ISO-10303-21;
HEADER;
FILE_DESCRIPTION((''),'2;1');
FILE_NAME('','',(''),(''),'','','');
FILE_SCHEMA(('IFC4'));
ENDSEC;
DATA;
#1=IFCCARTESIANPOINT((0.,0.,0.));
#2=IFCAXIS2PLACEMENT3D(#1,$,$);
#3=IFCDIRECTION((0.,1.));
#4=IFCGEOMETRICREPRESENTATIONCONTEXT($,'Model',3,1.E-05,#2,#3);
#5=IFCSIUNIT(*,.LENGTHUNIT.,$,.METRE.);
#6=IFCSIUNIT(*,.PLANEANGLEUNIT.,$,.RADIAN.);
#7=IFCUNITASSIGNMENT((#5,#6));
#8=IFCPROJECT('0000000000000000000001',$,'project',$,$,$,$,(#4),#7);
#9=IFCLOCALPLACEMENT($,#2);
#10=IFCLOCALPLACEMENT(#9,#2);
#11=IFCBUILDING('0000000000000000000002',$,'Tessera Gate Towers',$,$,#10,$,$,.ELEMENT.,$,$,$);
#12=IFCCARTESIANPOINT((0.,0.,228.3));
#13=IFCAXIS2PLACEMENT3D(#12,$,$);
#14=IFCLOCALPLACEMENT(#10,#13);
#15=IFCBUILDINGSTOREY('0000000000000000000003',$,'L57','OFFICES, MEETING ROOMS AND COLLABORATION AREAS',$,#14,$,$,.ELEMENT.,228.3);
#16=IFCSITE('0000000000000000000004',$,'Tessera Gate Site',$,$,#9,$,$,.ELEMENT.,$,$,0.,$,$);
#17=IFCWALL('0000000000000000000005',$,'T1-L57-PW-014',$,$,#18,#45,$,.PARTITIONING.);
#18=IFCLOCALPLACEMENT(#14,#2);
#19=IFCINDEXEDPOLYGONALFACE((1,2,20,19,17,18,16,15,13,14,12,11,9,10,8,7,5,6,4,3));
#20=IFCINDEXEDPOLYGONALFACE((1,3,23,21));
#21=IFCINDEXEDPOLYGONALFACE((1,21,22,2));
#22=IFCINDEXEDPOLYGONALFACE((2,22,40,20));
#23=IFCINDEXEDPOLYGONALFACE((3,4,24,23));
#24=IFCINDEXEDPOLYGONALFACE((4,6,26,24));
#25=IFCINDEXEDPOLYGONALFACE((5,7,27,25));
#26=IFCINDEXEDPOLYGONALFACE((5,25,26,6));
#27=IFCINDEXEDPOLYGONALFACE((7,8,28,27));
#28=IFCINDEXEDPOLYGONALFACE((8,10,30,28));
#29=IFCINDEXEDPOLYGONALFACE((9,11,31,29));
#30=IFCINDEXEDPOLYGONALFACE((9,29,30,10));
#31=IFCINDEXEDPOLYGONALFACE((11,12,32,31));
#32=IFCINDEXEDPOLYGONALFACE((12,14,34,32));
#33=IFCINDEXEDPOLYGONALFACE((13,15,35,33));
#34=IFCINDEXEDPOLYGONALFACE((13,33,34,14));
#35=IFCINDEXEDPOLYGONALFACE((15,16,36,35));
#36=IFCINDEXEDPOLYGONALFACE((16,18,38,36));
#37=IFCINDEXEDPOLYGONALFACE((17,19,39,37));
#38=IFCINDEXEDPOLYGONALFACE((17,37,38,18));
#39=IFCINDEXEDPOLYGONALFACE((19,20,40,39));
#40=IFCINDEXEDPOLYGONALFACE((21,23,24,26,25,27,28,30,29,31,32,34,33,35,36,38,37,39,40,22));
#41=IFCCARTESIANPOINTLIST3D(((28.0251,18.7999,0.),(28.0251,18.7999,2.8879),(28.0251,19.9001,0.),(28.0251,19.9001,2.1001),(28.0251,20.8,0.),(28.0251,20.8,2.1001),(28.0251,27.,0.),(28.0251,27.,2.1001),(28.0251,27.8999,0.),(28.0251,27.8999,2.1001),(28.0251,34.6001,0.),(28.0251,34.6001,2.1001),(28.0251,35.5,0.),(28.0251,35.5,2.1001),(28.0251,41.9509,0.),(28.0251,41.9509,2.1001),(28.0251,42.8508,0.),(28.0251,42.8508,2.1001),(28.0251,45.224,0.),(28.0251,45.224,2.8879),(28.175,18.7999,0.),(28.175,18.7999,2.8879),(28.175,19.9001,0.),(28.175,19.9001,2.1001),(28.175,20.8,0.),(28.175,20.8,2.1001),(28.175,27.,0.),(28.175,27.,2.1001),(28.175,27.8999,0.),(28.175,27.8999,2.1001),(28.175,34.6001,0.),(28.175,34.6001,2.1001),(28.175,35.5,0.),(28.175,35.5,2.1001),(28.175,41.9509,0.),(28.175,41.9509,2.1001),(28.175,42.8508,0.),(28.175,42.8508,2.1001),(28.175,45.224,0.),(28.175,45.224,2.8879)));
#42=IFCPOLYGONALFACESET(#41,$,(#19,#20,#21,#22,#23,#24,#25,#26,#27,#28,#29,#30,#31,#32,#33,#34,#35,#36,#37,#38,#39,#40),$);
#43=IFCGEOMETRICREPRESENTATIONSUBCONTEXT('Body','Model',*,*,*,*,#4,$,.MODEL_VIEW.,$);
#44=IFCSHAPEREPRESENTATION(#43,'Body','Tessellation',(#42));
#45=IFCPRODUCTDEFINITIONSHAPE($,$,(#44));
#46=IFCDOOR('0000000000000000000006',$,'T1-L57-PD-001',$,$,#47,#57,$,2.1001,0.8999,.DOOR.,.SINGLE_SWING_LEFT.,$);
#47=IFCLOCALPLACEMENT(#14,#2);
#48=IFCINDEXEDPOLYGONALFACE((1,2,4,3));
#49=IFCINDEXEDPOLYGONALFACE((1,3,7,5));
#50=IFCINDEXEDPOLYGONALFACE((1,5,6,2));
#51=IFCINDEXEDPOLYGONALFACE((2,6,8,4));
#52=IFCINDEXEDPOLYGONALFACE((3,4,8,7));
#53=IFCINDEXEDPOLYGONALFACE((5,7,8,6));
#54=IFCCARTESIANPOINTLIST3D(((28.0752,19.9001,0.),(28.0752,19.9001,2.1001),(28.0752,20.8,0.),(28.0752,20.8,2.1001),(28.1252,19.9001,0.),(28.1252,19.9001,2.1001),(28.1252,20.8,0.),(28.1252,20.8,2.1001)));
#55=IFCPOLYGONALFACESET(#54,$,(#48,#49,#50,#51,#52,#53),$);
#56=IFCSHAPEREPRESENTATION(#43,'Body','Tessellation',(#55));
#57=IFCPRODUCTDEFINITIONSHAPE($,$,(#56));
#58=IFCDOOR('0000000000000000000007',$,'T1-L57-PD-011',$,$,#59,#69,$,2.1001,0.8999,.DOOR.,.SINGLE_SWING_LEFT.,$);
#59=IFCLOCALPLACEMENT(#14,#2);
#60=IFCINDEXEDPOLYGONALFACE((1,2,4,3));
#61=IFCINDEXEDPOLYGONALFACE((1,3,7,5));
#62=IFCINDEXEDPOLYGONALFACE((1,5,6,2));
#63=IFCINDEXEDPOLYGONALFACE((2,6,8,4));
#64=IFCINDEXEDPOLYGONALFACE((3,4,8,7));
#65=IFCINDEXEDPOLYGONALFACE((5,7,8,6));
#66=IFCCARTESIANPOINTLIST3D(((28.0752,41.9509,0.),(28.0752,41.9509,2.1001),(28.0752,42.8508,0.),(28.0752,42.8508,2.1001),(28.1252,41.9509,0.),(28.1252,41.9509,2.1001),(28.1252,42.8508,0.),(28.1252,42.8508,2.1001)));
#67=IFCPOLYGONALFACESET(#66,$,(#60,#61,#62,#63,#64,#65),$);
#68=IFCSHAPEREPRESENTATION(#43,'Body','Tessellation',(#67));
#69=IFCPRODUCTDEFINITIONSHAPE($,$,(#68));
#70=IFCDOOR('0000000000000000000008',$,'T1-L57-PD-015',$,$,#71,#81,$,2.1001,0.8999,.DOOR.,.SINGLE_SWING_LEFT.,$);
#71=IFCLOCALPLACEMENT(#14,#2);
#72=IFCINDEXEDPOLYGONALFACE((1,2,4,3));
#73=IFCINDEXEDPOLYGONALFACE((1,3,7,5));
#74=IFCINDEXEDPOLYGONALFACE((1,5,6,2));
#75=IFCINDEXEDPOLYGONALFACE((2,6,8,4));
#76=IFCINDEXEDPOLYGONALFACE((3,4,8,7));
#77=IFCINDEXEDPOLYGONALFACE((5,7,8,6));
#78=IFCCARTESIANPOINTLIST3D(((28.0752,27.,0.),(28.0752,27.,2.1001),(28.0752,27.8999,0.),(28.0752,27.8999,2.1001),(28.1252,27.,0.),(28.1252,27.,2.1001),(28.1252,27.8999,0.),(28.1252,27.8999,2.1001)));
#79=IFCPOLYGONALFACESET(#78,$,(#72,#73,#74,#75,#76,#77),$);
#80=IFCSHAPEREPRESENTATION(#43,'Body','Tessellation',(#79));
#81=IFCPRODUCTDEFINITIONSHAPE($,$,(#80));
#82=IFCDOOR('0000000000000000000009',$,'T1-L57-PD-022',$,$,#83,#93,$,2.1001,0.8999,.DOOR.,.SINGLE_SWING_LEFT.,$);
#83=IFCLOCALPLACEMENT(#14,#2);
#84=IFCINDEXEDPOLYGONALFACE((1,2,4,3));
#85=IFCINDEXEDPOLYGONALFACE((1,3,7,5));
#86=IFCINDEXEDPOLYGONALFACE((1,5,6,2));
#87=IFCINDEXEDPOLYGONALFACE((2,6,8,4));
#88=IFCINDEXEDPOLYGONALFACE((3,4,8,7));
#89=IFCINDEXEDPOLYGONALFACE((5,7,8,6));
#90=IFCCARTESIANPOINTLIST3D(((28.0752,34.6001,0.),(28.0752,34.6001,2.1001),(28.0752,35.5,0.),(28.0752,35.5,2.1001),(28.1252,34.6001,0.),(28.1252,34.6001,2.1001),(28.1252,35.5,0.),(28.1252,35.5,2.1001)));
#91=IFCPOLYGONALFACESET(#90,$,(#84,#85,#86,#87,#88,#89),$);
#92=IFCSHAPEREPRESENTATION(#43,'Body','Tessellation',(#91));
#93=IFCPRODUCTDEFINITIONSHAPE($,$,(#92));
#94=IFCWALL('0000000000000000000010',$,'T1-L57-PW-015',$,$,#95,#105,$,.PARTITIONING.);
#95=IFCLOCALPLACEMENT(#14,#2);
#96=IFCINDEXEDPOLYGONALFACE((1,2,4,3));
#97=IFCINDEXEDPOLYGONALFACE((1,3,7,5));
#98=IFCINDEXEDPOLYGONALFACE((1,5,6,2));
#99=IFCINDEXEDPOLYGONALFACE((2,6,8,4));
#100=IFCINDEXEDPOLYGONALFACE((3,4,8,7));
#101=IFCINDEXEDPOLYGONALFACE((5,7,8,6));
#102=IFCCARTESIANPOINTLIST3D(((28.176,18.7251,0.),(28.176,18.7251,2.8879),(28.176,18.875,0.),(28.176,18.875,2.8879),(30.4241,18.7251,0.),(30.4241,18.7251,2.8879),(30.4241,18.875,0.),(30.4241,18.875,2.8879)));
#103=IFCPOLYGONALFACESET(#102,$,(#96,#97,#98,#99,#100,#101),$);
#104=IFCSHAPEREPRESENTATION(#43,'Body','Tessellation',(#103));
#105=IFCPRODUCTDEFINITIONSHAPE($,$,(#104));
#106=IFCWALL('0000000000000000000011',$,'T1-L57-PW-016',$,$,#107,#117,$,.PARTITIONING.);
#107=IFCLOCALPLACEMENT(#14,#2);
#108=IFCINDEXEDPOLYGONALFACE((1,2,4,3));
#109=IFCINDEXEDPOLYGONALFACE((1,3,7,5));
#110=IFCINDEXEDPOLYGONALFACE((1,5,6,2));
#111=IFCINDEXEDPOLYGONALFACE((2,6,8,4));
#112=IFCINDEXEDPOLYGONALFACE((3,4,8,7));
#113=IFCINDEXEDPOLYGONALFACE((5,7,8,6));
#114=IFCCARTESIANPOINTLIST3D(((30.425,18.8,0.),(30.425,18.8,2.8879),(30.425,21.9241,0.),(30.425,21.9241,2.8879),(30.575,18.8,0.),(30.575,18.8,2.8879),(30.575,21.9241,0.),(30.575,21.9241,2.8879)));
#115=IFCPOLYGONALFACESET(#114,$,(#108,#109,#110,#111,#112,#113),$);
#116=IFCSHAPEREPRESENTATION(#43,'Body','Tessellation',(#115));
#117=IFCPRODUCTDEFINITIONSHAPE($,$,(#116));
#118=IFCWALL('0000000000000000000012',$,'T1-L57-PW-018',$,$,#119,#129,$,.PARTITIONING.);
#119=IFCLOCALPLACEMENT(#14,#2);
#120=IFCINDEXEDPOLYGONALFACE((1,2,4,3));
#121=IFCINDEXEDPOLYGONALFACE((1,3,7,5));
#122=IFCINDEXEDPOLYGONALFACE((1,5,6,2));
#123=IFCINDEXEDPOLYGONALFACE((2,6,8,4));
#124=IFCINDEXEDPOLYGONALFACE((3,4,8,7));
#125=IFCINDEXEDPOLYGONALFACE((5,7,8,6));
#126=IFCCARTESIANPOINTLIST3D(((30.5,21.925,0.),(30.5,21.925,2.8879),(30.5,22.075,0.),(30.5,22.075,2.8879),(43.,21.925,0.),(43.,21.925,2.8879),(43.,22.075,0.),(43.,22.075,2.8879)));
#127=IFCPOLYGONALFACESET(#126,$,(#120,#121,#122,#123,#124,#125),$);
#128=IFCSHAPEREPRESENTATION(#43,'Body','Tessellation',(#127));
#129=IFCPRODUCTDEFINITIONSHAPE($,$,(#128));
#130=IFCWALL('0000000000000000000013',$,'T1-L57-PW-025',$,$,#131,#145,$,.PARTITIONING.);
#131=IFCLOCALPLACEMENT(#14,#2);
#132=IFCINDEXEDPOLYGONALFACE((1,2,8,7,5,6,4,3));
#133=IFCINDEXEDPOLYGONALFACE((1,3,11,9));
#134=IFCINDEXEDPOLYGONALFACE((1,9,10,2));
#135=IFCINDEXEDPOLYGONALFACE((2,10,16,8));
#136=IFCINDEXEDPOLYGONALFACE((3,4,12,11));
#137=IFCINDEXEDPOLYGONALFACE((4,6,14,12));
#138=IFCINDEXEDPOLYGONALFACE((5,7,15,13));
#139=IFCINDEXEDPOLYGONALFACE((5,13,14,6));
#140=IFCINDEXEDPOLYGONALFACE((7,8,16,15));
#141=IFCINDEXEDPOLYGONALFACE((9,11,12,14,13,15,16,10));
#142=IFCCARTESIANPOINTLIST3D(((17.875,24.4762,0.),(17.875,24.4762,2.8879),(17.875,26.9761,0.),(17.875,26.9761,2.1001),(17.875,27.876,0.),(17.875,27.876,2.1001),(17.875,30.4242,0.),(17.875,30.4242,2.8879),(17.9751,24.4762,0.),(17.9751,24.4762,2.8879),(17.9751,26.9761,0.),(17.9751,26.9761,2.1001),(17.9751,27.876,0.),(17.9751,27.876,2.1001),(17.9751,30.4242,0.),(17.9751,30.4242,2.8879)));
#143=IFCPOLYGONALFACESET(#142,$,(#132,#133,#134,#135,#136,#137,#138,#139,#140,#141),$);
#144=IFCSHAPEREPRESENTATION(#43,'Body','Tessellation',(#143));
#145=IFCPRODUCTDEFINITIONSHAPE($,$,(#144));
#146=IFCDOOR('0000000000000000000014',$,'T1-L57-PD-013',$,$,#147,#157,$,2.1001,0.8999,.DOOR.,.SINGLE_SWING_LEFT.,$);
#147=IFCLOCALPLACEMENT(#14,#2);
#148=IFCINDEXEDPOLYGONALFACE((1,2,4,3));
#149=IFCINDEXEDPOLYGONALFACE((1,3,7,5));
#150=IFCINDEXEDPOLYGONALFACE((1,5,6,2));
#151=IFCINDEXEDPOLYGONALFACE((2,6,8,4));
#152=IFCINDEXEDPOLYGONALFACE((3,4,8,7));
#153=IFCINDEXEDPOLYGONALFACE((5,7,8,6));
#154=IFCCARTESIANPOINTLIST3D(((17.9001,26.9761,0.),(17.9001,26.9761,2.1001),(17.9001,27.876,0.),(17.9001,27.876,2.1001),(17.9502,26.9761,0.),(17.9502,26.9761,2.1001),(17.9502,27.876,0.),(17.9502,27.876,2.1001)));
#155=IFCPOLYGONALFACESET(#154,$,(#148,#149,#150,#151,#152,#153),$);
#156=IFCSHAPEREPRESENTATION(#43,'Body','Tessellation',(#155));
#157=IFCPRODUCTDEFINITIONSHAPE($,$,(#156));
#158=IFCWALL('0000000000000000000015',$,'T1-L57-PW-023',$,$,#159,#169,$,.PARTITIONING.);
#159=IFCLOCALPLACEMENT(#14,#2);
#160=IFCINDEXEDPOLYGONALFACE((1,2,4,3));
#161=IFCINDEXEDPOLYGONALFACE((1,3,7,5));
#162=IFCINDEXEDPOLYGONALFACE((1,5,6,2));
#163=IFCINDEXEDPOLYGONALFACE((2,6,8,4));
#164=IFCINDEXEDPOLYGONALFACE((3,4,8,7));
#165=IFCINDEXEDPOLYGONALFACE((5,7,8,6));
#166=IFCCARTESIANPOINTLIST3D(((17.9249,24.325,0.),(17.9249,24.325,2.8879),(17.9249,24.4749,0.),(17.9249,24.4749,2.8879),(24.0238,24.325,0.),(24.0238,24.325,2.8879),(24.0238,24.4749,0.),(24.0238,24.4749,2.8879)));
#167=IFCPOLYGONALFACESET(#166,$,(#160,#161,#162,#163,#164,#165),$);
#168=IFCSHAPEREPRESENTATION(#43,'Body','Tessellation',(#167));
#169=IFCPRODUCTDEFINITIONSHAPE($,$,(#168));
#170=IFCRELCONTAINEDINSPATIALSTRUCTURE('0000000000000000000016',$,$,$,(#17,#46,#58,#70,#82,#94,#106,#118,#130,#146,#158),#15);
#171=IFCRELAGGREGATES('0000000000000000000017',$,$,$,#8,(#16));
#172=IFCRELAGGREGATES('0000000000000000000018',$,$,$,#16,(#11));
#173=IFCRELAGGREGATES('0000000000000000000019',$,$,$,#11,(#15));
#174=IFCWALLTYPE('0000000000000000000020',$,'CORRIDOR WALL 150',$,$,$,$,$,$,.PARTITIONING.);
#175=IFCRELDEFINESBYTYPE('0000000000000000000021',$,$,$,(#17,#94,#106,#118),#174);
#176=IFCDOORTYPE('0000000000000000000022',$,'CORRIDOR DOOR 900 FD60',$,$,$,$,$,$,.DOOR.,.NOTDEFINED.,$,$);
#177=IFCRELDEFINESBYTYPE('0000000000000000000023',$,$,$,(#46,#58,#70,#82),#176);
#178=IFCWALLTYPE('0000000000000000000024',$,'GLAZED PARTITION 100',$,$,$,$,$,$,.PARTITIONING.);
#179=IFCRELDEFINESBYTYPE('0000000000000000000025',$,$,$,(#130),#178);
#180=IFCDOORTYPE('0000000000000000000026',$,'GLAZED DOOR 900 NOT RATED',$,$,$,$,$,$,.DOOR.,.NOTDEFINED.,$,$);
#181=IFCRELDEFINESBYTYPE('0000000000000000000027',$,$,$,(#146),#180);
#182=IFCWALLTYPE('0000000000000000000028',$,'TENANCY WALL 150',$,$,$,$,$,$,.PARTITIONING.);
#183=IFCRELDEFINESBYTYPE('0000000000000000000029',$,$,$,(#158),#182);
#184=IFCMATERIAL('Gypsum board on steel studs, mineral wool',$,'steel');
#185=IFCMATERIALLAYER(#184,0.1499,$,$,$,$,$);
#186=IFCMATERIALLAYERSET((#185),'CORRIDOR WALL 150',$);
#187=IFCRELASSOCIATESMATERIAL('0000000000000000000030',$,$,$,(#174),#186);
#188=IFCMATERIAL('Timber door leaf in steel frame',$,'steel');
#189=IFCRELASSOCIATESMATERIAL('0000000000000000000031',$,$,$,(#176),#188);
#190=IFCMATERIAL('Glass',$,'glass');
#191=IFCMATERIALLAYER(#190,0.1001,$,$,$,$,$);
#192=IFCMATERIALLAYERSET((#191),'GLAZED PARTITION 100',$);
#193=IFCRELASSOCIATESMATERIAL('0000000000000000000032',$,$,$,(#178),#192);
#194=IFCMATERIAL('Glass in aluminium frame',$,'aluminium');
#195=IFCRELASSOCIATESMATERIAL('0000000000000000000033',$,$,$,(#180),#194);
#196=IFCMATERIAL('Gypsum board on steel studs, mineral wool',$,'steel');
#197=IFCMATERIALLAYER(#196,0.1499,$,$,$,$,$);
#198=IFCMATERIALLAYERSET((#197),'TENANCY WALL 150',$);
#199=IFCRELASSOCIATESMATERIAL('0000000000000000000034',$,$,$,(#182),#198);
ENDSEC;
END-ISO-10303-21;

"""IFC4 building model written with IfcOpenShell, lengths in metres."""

from ifc_helpers import new_model, si_unit, direction, frame, frame_2d, origin, place, context, subcontext, project, spatial, rectangle, extrude, source, transform, mapped, material, layer, layer_set, type_object, element, fill, save


model = new_model("IFC4")

# Units and contexts
model_context = context("Model", 3, precision=1e-05, world=origin(), true_north=direction((0.0, 1.0)))
body_context = subcontext(model_context, "Body", "Model", "MODEL_VIEW")
ifc_project = project(units=[si_unit("LENGTHUNIT", "METRE"), si_unit("PLANEANGLEUNIT", "RADIAN")], contexts=[model_context])

# Site, building, storey
site_placement = place(None, origin())
site = spatial("IfcSite", under=ifc_project, at=site_placement, Name="Tessera Gate Site", CompositionType="ELEMENT", RefElevation=0.0)
building_placement = place(site_placement, origin())
building = spatial("IfcBuilding", under=site, at=building_placement, Name="Tessera Gate Towers", CompositionType="ELEMENT")
storey_placement = place(building_placement, frame((0.0, 0.0, 228.3)))
storey = spatial("IfcBuildingStorey", under=building, at=storey_placement, Name="L57", Description="OFFICES, MEETING ROOMS AND COLLABORATION AREAS", CompositionType="ELEMENT", Elevation=228.3)

# Wall, openings, doors
ifc_material_1 = material(Name="Gypsum board on steel studs, mineral wool", Category="steel")
ifc_layer_1 = layer(ifc_material_1, 0.1499)
ifc_layer_set_1 = layer_set([ifc_layer_1], Name="CORRIDOR WALL 150")
wall_type_1 = type_object("IfcWallType", Name="CORRIDOR WALL 150", PredefinedType="PARTITIONING", material=ifc_layer_set_1)
wall_1_placement = place(storey_placement, frame((28.1001, 18.8, 0.0), z_axis=(0.0, 0.0, 1.0), x_axis=(0.0, 1.0, 0.0)))
wall_1 = element("IfcWall", 1, at=wall_1_placement, inside=storey, type_object=wall_type_1, Name="T1-L57-PW-014", PredefinedType="PARTITIONING", context=body_context, shape_type="SweptSolid", body=[
    extrude(rectangle(XDim=26.4241, YDim=0.1499, at=frame_2d((13.2119, 0.0))), origin(), (0.0, 0.0, 1.0), 2.8879),
])
shared_shape_1 = source(origin(), body_context, "Body", "SweptSolid", [
    extrude(rectangle(XDim=0.8999, YDim=2.1001, at=frame_2d((0.45, 1.05))), frame((0.0, 0.085, 0.0), z_axis=(0.0, -1.0, 0.0), x_axis=(1.0, 0.0, 0.0)), (0.0, 0.0, 1.0), 0.1699),
])
opening_1_placement = place(wall_1_placement, frame((1.1001, 0.0, 0.0)))
opening_1 = element("IfcOpeningElement", 2, at=opening_1_placement, cuts=wall_1, PredefinedType="OPENING", context=body_context, shape_type="MappedRepresentation", body=[
    mapped(shared_shape_1, transform((0.0, 0.0, 0.0), scale=1.0)),
])
opening_2_placement = place(wall_1_placement, frame((23.1509, 0.0, 0.0)))
opening_2 = element("IfcOpeningElement", 3, at=opening_2_placement, cuts=wall_1, PredefinedType="OPENING", context=body_context, shape_type="MappedRepresentation", body=[
    mapped(shared_shape_1, transform((0.0, 0.0, 0.0), scale=1.0)),
])
opening_3_placement = place(wall_1_placement, frame((8.2, 0.0, 0.0)))
opening_3 = element("IfcOpeningElement", 4, at=opening_3_placement, cuts=wall_1, PredefinedType="OPENING", context=body_context, shape_type="MappedRepresentation", body=[
    mapped(shared_shape_1, transform((0.0, 0.0, 0.0), scale=1.0)),
])
opening_4_placement = place(wall_1_placement, frame((15.8, 0.0, 0.0)))
opening_4 = element("IfcOpeningElement", 5, at=opening_4_placement, cuts=wall_1, PredefinedType="OPENING", context=body_context, shape_type="MappedRepresentation", body=[
    mapped(shared_shape_1, transform((0.0, 0.0, 0.0), scale=1.0)),
])
ifc_material_2 = material(Name="Timber door leaf in steel frame", Category="steel")
door_type_1 = type_object("IfcDoorType", Name="CORRIDOR DOOR 900 FD60", OperationType="NOTDEFINED", PredefinedType="DOOR", material=ifc_material_2)
shared_shape_2 = source(origin(), body_context, "Body", "SweptSolid", [
    extrude(rectangle(XDim=0.8999, YDim=2.1001, at=frame_2d((0.45, 1.05))), frame((0.0, 0.0249, 0.0), z_axis=(0.0, -1.0, 0.0), x_axis=(1.0, 0.0, 0.0)), (0.0, 0.0, 1.0), 0.05),
])
door_1_placement = place(opening_1_placement, origin())
door_1 = element("IfcDoor", 6, at=door_1_placement, inside=storey, type_object=door_type_1, Name="T1-L57-PD-001", OperationType="SINGLE_SWING_LEFT", OverallHeight=2.1001, OverallWidth=0.8999, PredefinedType="DOOR", context=body_context, shape_type="MappedRepresentation", body=[
    mapped(shared_shape_2, transform((0.0, 0.0, 0.0), scale=1.0)),
])
fill(opening_1, door_1)
door_2_placement = place(opening_2_placement, origin())
door_2 = element("IfcDoor", 7, at=door_2_placement, inside=storey, type_object=door_type_1, Name="T1-L57-PD-011", OperationType="SINGLE_SWING_LEFT", OverallHeight=2.1001, OverallWidth=0.8999, PredefinedType="DOOR", context=body_context, shape_type="MappedRepresentation", body=[
    mapped(shared_shape_2, transform((0.0, 0.0, 0.0), scale=1.0)),
])
fill(opening_2, door_2)
door_3_placement = place(opening_3_placement, origin())
door_3 = element("IfcDoor", 8, at=door_3_placement, inside=storey, type_object=door_type_1, Name="T1-L57-PD-015", OperationType="SINGLE_SWING_LEFT", OverallHeight=2.1001, OverallWidth=0.8999, PredefinedType="DOOR", context=body_context, shape_type="MappedRepresentation", body=[
    mapped(shared_shape_2, transform((0.0, 0.0, 0.0), scale=1.0)),
])
fill(opening_3, door_3)
door_4_placement = place(opening_4_placement, origin())
door_4 = element("IfcDoor", 9, at=door_4_placement, inside=storey, type_object=door_type_1, Name="T1-L57-PD-022", OperationType="SINGLE_SWING_LEFT", OverallHeight=2.1001, OverallWidth=0.8999, PredefinedType="DOOR", context=body_context, shape_type="MappedRepresentation", body=[
    mapped(shared_shape_2, transform((0.0, 0.0, 0.0), scale=1.0)),
])
fill(opening_4, door_4)

# Walls
wall_2_placement = place(storey_placement, frame((28.176, 18.8, 0.0), z_axis=(0.0, 0.0, 1.0), x_axis=(1.0, 0.0, 0.0)))
element("IfcWall", 10, at=wall_2_placement, inside=storey, type_object=wall_type_1, Name="T1-L57-PW-015", PredefinedType="PARTITIONING", context=body_context, shape_type="SweptSolid", body=[
    extrude(rectangle(XDim=2.248, YDim=0.1499, at=frame_2d((1.124, 0.0))), origin(), (0.0, 0.0, 1.0), 2.8879),
])
wall_3_placement = place(storey_placement, frame((30.5, 18.8, 0.0), z_axis=(0.0, 0.0, 1.0), x_axis=(0.0, 1.0, 0.0)))
element("IfcWall", 11, at=wall_3_placement, inside=storey, type_object=wall_type_1, Name="T1-L57-PW-016", PredefinedType="PARTITIONING", context=body_context, shape_type="SweptSolid", body=[
    extrude(rectangle(XDim=3.124, YDim=0.1499, at=frame_2d((1.562, 0.0))), origin(), (0.0, 0.0, 1.0), 2.8879),
])
wall_4_placement = place(storey_placement, frame((30.5, 22.0, 0.0), z_axis=(0.0, 0.0, 1.0), x_axis=(1.0, 0.0, 0.0)))
element("IfcWall", 12, at=wall_4_placement, inside=storey, type_object=wall_type_1, Name="T1-L57-PW-018", PredefinedType="PARTITIONING", context=body_context, shape_type="SweptSolid", body=[
    extrude(rectangle(XDim=12.5, YDim=0.1499, at=frame_2d((6.25, 0.0))), origin(), (0.0, 0.0, 1.0), 2.8879),
])

# Wall, opening, door
ifc_material_3 = material(Name="Glass", Category="glass")
ifc_layer_2 = layer(ifc_material_3, 0.1001)
ifc_layer_set_2 = layer_set([ifc_layer_2], Name="GLAZED PARTITION 100")
wall_type_2 = type_object("IfcWallType", Name="GLAZED PARTITION 100", PredefinedType="PARTITIONING", material=ifc_layer_set_2)
wall_5_placement = place(storey_placement, frame((17.925, 24.4761, 0.0), z_axis=(0.0, 0.0, 1.0), x_axis=(0.0, 1.0, 0.0)))
wall_5 = element("IfcWall", 13, at=wall_5_placement, inside=storey, type_object=wall_type_2, Name="T1-L57-PW-025", PredefinedType="PARTITIONING", context=body_context, shape_type="SweptSolid", body=[
    extrude(rectangle(XDim=5.948, YDim=0.1001, at=frame_2d((2.9741, 0.0))), origin(), (0.0, 0.0, 1.0), 2.8879),
])
shared_shape_3 = source(origin(), body_context, "Body", "SweptSolid", [
    extrude(rectangle(XDim=0.8999, YDim=2.1001, at=frame_2d((0.45, 1.05))), frame((0.0, 0.0601, 0.0), z_axis=(0.0, -1.0, 0.0), x_axis=(1.0, 0.0, 0.0)), (0.0, 0.0, 1.0), 0.1201),
])
opening_5_placement = place(wall_5_placement, frame((2.5, 0.0, 0.0)))
opening_5 = element("IfcOpeningElement", 14, at=opening_5_placement, cuts=wall_5, PredefinedType="OPENING", context=body_context, shape_type="MappedRepresentation", body=[
    mapped(shared_shape_3, transform((0.0, 0.0, 0.0), scale=1.0)),
])
ifc_material_4 = material(Name="Glass in aluminium frame", Category="aluminium")
door_type_2 = type_object("IfcDoorType", Name="GLAZED DOOR 900 NOT RATED", OperationType="NOTDEFINED", PredefinedType="DOOR", material=ifc_material_4)
door_5_placement = place(opening_5_placement, origin())
door_5 = element("IfcDoor", 15, at=door_5_placement, inside=storey, type_object=door_type_2, Name="T1-L57-PD-013", OperationType="SINGLE_SWING_LEFT", OverallHeight=2.1001, OverallWidth=0.8999, PredefinedType="DOOR", context=body_context, shape_type="MappedRepresentation", body=[
    mapped(shared_shape_2, transform((0.0, 0.0, 0.0), scale=1.0)),
])
fill(opening_5, door_5)

# Wall
ifc_material_5 = material(Name="Gypsum board on steel studs, mineral wool", Category="steel")
ifc_layer_3 = layer(ifc_material_5, 0.1499)
ifc_layer_set_3 = layer_set([ifc_layer_3], Name="TENANCY WALL 150")
wall_type_3 = type_object("IfcWallType", Name="TENANCY WALL 150", PredefinedType="PARTITIONING", material=ifc_layer_set_3)
wall_6_placement = place(storey_placement, frame((17.925, 24.3999, 0.0), z_axis=(0.0, 0.0, 1.0), x_axis=(1.0, 0.0, 0.0)))
element("IfcWall", 16, at=wall_6_placement, inside=storey, type_object=wall_type_3, Name="T1-L57-PW-023", PredefinedType="PARTITIONING", context=body_context, shape_type="SweptSolid", body=[
    extrude(rectangle(XDim=6.0989, YDim=0.1499, at=frame_2d((3.0493, 0.0))), origin(), (0.0, 0.0, 1.0), 2.8879),
])

save(model, "model.ifc")
